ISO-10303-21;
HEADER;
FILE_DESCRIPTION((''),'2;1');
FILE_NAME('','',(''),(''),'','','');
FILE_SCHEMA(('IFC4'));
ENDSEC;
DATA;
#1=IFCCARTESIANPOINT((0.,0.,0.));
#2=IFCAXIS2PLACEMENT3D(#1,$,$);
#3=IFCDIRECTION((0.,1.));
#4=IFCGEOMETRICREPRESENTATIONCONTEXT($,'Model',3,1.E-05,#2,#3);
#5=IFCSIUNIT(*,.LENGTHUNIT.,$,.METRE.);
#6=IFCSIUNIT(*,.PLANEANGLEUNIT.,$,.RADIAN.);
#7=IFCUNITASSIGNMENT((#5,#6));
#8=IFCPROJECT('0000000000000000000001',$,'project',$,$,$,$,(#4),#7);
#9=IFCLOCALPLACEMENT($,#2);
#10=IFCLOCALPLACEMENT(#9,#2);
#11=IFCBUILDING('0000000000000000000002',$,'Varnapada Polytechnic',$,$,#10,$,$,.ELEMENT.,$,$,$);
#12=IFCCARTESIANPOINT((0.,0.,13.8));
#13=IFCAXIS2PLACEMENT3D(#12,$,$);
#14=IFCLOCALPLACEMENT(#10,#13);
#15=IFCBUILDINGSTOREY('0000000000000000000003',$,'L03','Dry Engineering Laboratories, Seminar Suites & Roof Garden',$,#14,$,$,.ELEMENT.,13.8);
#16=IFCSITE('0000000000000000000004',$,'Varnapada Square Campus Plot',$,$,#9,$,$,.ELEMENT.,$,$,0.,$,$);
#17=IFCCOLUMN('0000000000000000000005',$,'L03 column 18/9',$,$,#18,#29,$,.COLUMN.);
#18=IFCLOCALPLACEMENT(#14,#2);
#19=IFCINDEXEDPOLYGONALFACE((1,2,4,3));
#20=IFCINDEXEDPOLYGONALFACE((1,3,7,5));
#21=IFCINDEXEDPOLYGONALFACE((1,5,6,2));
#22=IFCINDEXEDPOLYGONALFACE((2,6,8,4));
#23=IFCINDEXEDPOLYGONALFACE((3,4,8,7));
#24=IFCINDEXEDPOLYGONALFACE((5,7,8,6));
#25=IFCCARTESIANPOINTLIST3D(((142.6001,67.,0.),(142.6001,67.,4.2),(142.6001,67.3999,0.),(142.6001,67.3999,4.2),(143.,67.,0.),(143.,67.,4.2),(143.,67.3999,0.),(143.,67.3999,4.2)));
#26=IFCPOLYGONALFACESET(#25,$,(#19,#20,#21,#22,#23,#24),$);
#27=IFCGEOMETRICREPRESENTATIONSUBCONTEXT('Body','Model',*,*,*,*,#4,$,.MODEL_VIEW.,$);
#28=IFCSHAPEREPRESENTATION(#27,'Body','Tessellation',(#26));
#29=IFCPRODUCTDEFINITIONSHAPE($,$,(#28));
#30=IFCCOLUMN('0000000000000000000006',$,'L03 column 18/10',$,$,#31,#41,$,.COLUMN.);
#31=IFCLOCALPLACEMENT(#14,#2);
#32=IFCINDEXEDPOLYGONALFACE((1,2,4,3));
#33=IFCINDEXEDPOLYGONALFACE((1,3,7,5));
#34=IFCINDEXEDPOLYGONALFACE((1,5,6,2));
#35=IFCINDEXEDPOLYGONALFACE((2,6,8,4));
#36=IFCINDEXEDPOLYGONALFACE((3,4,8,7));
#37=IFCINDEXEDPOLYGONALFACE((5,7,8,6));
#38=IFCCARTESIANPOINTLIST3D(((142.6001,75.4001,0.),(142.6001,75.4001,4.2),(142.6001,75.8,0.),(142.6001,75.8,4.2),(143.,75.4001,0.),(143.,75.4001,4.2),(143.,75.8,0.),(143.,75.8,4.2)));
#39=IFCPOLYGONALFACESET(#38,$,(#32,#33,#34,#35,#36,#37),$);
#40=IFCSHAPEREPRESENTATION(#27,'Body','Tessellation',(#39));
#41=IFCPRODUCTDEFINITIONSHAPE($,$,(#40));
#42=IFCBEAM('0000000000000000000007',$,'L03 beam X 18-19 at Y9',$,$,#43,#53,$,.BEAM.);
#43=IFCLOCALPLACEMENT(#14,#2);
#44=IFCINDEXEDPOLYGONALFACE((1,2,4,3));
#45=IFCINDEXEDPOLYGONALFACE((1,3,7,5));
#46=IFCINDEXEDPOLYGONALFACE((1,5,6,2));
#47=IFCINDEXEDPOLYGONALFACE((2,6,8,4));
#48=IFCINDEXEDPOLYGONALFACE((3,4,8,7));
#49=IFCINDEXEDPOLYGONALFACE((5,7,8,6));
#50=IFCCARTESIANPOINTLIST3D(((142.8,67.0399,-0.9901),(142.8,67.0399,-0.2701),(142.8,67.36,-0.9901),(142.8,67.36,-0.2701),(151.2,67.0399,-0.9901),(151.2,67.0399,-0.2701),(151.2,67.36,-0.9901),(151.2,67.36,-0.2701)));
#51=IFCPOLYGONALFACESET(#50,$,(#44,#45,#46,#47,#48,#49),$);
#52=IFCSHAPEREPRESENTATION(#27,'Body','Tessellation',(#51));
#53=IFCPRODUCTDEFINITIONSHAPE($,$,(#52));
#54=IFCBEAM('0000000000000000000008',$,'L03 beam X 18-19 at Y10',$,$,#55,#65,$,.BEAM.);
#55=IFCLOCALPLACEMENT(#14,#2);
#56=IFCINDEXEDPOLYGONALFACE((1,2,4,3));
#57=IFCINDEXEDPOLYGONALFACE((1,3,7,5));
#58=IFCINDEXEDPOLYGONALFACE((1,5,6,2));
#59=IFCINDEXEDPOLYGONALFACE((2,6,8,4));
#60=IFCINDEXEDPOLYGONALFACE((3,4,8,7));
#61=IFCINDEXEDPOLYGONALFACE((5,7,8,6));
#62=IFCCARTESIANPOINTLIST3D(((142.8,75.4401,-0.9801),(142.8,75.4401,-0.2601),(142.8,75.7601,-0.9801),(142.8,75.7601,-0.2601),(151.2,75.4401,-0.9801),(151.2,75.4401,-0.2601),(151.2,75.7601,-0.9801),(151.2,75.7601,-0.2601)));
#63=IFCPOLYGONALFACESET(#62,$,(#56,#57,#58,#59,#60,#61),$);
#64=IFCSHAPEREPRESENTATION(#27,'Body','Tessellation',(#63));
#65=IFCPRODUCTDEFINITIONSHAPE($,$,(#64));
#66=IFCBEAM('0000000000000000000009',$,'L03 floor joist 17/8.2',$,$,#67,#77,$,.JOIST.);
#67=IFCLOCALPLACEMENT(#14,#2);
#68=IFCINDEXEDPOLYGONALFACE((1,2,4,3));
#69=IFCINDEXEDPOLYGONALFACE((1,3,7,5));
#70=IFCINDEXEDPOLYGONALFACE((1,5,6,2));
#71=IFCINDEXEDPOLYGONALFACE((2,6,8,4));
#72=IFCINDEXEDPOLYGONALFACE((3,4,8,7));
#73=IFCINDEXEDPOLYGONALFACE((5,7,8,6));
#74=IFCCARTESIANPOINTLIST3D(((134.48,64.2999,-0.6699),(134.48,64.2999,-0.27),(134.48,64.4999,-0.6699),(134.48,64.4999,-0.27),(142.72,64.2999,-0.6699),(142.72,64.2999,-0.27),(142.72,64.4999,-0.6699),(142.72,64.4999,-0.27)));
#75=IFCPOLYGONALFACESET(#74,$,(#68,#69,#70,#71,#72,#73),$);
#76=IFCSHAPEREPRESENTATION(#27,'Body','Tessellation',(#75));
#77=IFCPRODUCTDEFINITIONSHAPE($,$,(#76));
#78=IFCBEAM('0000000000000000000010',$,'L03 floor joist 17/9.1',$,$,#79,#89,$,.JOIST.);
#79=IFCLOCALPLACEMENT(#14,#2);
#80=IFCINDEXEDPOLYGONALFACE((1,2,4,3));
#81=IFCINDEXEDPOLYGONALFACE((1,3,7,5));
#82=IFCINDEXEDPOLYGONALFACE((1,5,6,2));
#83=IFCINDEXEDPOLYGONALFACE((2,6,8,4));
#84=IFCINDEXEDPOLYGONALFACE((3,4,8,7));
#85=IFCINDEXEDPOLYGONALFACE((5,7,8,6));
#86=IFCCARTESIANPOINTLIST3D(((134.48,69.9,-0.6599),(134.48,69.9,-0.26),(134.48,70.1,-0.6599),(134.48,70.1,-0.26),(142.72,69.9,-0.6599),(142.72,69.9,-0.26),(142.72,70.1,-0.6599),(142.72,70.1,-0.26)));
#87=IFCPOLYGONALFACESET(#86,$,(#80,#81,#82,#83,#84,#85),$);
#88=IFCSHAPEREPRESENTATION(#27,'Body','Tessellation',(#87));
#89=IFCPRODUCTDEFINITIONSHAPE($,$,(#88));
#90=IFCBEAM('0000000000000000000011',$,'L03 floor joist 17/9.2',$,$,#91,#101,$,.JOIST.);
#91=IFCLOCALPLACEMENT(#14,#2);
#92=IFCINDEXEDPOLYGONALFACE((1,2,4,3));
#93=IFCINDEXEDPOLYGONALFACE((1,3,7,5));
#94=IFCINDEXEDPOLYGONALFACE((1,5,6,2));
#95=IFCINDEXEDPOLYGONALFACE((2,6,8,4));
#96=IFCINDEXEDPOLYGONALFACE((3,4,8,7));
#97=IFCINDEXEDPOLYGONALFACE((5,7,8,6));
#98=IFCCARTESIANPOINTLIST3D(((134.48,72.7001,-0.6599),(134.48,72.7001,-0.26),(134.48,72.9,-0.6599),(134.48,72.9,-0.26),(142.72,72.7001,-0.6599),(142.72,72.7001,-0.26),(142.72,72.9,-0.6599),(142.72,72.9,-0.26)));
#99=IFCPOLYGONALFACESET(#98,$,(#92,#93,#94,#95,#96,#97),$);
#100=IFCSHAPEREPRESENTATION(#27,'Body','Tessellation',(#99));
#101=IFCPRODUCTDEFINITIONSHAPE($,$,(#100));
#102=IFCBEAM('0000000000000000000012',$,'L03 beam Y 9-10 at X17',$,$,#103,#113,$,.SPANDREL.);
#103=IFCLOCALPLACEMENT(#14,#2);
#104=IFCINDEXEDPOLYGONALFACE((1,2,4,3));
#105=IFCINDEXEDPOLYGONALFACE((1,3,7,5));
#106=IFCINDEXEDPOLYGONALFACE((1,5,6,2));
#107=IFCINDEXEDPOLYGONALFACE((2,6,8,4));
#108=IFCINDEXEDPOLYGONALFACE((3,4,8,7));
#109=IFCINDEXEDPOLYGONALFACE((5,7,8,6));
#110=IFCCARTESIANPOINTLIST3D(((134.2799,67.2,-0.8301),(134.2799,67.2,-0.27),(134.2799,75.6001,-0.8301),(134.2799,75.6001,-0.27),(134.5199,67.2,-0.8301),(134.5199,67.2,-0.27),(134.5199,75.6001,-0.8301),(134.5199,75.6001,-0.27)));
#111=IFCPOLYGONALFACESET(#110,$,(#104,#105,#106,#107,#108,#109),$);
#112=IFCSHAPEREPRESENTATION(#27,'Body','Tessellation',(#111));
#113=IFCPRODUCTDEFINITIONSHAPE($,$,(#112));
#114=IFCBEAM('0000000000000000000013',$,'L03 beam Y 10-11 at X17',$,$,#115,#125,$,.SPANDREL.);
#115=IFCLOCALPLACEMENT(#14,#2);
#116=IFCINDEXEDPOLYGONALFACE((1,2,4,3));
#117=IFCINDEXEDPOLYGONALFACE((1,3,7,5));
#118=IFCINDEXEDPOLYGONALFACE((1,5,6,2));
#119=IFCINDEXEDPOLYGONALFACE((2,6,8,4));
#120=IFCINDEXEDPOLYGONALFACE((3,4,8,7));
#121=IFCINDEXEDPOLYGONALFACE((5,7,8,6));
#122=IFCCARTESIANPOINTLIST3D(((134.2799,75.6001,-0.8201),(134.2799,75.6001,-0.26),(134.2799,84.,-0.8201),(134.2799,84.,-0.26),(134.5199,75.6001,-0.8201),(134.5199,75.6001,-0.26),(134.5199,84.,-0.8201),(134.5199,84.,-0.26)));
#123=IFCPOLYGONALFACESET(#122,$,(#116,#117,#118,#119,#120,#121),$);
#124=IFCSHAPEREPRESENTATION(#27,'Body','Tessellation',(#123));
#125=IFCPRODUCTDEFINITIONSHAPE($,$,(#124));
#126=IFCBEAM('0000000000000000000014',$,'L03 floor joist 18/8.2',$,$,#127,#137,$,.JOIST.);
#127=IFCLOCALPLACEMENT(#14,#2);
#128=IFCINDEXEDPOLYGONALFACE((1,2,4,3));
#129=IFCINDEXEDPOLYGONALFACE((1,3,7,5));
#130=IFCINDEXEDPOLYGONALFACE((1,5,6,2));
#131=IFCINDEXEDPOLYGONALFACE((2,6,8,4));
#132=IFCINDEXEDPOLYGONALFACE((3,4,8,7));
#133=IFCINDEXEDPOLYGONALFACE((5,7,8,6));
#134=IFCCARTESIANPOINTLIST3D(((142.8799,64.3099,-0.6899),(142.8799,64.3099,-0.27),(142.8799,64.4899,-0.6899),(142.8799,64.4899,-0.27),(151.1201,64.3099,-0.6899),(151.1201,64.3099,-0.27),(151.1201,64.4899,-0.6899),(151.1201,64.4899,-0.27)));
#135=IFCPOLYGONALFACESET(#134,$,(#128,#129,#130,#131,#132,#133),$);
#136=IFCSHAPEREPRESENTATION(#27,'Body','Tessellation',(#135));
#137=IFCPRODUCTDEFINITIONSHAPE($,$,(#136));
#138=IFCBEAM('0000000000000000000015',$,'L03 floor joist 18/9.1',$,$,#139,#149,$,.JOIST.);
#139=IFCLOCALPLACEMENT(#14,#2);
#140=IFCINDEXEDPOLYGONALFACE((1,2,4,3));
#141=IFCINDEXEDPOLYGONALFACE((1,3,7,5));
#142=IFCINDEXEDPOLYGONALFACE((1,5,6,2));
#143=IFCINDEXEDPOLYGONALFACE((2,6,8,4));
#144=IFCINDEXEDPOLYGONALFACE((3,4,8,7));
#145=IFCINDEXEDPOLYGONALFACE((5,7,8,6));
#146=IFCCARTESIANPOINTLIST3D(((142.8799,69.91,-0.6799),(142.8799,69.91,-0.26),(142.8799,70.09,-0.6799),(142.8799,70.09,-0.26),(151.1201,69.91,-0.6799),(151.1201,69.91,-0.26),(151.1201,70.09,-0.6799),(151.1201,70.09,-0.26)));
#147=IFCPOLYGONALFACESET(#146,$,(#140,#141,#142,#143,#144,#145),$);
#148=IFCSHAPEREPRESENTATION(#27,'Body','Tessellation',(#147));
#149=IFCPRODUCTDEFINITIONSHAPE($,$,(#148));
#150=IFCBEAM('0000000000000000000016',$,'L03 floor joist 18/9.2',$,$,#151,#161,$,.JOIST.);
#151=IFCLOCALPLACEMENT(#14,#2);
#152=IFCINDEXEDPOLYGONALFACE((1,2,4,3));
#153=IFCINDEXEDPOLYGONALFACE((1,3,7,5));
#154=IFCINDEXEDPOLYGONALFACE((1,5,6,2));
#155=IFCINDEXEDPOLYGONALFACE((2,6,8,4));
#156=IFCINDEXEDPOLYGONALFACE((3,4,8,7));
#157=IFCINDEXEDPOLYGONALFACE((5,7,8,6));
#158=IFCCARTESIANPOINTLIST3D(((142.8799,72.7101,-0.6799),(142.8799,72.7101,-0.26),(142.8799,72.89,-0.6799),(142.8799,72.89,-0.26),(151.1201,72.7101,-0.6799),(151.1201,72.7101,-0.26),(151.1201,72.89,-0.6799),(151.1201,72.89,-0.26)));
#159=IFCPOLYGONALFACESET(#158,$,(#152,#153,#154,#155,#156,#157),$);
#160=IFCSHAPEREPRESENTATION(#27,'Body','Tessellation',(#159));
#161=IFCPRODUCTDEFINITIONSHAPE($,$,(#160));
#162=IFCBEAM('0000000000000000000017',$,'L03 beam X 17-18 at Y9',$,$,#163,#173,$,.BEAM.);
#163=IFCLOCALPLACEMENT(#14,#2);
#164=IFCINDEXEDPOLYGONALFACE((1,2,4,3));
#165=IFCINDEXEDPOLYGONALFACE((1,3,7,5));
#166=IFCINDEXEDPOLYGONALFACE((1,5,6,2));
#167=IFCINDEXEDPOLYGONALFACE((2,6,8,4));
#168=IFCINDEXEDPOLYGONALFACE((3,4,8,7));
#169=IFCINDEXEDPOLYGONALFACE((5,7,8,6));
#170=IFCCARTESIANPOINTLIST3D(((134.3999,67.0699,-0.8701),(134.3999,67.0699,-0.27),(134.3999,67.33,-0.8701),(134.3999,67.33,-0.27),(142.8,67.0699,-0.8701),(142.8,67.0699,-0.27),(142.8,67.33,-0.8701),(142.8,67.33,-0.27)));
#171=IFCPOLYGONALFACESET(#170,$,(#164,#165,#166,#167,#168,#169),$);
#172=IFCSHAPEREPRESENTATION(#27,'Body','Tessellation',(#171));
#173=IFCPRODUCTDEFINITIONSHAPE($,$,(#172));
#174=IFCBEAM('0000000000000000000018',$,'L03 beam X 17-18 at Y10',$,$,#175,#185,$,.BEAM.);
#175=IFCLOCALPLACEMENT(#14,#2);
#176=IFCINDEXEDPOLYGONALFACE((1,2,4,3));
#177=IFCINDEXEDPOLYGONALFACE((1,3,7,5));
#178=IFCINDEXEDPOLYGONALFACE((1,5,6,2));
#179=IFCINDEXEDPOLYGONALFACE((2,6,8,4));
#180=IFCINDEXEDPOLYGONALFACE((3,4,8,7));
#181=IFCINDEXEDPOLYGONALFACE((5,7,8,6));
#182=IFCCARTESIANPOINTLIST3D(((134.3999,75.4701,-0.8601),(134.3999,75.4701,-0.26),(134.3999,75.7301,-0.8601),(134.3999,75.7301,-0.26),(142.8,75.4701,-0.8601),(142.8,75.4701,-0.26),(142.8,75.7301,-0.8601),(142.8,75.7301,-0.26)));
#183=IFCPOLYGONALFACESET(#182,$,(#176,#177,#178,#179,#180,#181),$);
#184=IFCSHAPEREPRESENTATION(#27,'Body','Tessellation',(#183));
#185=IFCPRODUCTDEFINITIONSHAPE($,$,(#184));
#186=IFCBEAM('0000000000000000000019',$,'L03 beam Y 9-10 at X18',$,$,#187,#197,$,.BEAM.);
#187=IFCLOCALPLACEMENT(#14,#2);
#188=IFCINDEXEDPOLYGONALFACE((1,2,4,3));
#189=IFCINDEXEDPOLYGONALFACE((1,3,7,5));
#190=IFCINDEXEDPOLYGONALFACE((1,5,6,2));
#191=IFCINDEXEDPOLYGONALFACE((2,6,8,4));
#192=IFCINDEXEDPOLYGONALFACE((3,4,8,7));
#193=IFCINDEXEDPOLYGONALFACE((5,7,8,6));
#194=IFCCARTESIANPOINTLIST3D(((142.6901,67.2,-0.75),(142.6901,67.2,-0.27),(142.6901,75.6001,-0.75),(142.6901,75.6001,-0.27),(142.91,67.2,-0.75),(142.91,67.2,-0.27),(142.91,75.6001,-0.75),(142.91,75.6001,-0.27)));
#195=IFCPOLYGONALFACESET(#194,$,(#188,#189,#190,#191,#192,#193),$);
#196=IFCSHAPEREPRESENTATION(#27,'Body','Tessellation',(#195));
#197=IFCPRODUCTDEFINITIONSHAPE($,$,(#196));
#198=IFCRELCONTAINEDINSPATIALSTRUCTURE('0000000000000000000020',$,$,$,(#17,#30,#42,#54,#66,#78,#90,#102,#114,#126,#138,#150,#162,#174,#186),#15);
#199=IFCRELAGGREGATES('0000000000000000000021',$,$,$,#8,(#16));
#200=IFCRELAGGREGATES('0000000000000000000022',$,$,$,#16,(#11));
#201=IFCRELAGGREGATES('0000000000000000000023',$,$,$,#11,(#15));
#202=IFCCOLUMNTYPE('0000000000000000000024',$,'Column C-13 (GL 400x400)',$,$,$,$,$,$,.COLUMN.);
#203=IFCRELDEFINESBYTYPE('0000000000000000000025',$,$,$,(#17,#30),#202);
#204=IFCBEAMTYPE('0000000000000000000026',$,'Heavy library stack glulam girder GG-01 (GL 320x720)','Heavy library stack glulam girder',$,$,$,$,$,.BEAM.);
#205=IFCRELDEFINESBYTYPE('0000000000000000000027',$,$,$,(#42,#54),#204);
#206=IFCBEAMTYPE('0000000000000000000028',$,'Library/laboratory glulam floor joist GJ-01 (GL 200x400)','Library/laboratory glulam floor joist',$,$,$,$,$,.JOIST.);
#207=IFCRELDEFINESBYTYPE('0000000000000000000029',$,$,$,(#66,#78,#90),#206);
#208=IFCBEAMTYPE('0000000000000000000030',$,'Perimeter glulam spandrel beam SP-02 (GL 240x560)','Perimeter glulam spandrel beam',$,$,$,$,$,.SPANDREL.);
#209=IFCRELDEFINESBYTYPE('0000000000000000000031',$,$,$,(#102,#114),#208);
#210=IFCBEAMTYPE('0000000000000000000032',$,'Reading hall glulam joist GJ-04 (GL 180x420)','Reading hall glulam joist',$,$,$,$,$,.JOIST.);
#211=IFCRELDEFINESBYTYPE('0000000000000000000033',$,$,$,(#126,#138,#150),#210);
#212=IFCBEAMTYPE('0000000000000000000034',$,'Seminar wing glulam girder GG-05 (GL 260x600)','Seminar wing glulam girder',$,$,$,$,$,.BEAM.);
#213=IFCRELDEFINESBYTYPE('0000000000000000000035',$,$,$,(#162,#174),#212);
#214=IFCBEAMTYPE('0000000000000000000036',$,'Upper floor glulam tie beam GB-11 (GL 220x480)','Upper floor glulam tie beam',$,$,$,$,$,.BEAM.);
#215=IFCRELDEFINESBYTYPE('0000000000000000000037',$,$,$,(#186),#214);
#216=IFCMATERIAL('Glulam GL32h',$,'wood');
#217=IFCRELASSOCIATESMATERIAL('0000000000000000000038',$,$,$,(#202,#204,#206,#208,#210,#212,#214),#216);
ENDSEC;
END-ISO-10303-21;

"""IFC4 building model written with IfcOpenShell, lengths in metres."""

from ifc_helpers import new_model, si_unit, direction, frame, origin, origin_2d, place, context, subcontext, project, spatial, rectangle, extrude, material, material_profile, profile_set, type_object, element, save


model = new_model("IFC4")

# Units and contexts
model_context = context("Model", 3, precision=1e-05, world=origin(), true_north=direction((0.0, 1.0)))
body_context = subcontext(model_context, "Body", "Model", "MODEL_VIEW")
ifc_project = project(units=[si_unit("LENGTHUNIT", "METRE"), si_unit("PLANEANGLEUNIT", "RADIAN")], contexts=[model_context])

# Site, building, storey
site_placement = place(None, origin())
site = spatial("IfcSite", under=ifc_project, at=site_placement, Name="Varnapada Square Campus Plot", CompositionType="ELEMENT", RefElevation=0.0)
building_placement = place(site_placement, origin())
building = spatial("IfcBuilding", under=site, at=building_placement, Name="Varnapada Polytechnic", CompositionType="ELEMENT")
storey_placement = place(building_placement, frame((0.0, 0.0, 13.8)))
storey = spatial("IfcBuildingStorey", under=building, at=storey_placement, Name="L03", Description="Dry Engineering Laboratories, Seminar Suites & Roof Garden", CompositionType="ELEMENT", Elevation=13.8)

# Columns
ifc_material_1 = material(Name="Glulam GL32h", Category="wood")
ifc_material_profile_1 = material_profile(ifc_material_1, rectangle(XDim=0.3999, YDim=0.3999, at=origin_2d()), Name="GL 400x400")
ifc_profile_set_1 = profile_set([ifc_material_profile_1], Name="Glulam GL32h")
column_type = type_object("IfcColumnType", Name="Column C-13 (GL 400x400)", PredefinedType="COLUMN", material=ifc_profile_set_1)
for number, where, z_axis, x_axis, name in (
    (1, (142.8, 67.2, 0.0), (0.0, 0.0, 1.0), (1.0, 0.0, 0.0), "L03 column 18/9"),
    (2, (142.8, 75.6001, 0.0), (0.0, 0.0, 1.0), (1.0, 0.0, 0.0), "L03 column 18/10"),
):
    element("IfcColumn", number, at=place(storey_placement, frame(where, z_axis=z_axis, x_axis=x_axis)), inside=storey, type_object=column_type, Name=name, PredefinedType="COLUMN", context=body_context, shape_type="SweptSolid", body=[
        extrude(rectangle(XDim=0.3999, YDim=0.3999, at=origin_2d()), origin(), (0.0, 0.0, 1.0), 4.2),
    ])

# Beams
ifc_material_profile_2 = material_profile(ifc_material_1, rectangle(XDim=0.3201, YDim=0.72, at=origin_2d()), Name="GL 320x720")
ifc_profile_set_2 = profile_set([ifc_material_profile_2], Name="Glulam GL32h")
beam_type_1 = type_object("IfcBeamType", Name="Heavy library stack glulam girder GG-01 (GL 320x720)", Description="Heavy library stack glulam girder", PredefinedType="BEAM", material=ifc_profile_set_2)
for number, where, z_axis, x_axis, name in (
    (3, (142.8, 67.2, -0.6301), (1.0, 0.0, 0.0), (0.0, 1.0, 0.0), "L03 beam X 18-19 at Y9"),
    (4, (142.8, 75.6001, -0.6201), (1.0, 0.0, 0.0), (0.0, 1.0, 0.0), "L03 beam X 18-19 at Y10"),
):
    element("IfcBeam", number, at=place(storey_placement, frame(where, z_axis=z_axis, x_axis=x_axis)), inside=storey, type_object=beam_type_1, Name=name, PredefinedType="BEAM", context=body_context, shape_type="SweptSolid", body=[
        extrude(rectangle(XDim=0.3201, YDim=0.72, at=origin_2d()), origin(), (0.0, 0.0, 1.0), 8.3999),
    ])
ifc_material_profile_3 = material_profile(ifc_material_1, rectangle(XDim=0.2, YDim=0.3999, at=origin_2d()), Name="GL 200x400")
ifc_profile_set_3 = profile_set([ifc_material_profile_3], Name="Glulam GL32h")
beam_type_2 = type_object("IfcBeamType", Name="Library/laboratory glulam floor joist GJ-01 (GL 200x400)", Description="Library/laboratory glulam floor joist", PredefinedType="JOIST", material=ifc_profile_set_3)
for number, where, z_axis, x_axis, name in (
    (5, (134.48, 64.3999, -0.47), (1.0, 0.0, 0.0), (0.0, 1.0, 0.0), "L03 floor joist 17/8.2"),
    (6, (134.48, 70.0, -0.46), (1.0, 0.0, 0.0), (0.0, 1.0, 0.0), "L03 floor joist 17/9.1"),
    (7, (134.48, 72.8, -0.46), (1.0, 0.0, 0.0), (0.0, 1.0, 0.0), "L03 floor joist 17/9.2"),
):
    element("IfcBeam", number, at=place(storey_placement, frame(where, z_axis=z_axis, x_axis=x_axis)), inside=storey, type_object=beam_type_2, Name=name, PredefinedType="JOIST", context=body_context, shape_type="SweptSolid", body=[
        extrude(rectangle(XDim=0.2, YDim=0.3999, at=origin_2d()), origin(), (0.0, 0.0, 1.0), 8.24),
    ])
ifc_material_profile_4 = material_profile(ifc_material_1, rectangle(XDim=0.24, YDim=0.5601, at=origin_2d()), Name="GL 240x560")
ifc_profile_set_4 = profile_set([ifc_material_profile_4], Name="Glulam GL32h")
beam_type_3 = type_object("IfcBeamType", Name="Perimeter glulam spandrel beam SP-02 (GL 240x560)", Description="Perimeter glulam spandrel beam", PredefinedType="SPANDREL", material=ifc_profile_set_4)
beam_1_placement = place(storey_placement, frame((134.3999, 67.2, -0.55), z_axis=(0.0, 1.0, 0.0), x_axis=(-1.0, 0.0, 0.0)))
element("IfcBeam", 8, at=beam_1_placement, inside=storey, type_object=beam_type_3, Name="L03 beam Y 9-10 at X17", PredefinedType="SPANDREL", context=body_context, shape_type="SweptSolid", body=[
    extrude(rectangle(XDim=0.24, YDim=0.5601, at=origin_2d()), origin(), (0.0, 0.0, 1.0), 8.4001),
])
beam_2_placement = place(storey_placement, frame((134.3999, 75.6001, -0.54), z_axis=(0.0, 1.0, 0.0), x_axis=(-1.0, 0.0, 0.0)))
element("IfcBeam", 9, at=beam_2_placement, inside=storey, type_object=beam_type_3, Name="L03 beam Y 10-11 at X17", PredefinedType="SPANDREL", context=body_context, shape_type="SweptSolid", body=[
    extrude(rectangle(XDim=0.24, YDim=0.5601, at=origin_2d()), origin(), (0.0, 0.0, 1.0), 8.3999),
])
ifc_material_profile_5 = material_profile(ifc_material_1, rectangle(XDim=0.1799, YDim=0.4199, at=origin_2d()), Name="GL 180x420")
ifc_profile_set_5 = profile_set([ifc_material_profile_5], Name="Glulam GL32h")
beam_type_4 = type_object("IfcBeamType", Name="Reading hall glulam joist GJ-04 (GL 180x420)", Description="Reading hall glulam joist", PredefinedType="JOIST", material=ifc_profile_set_5)
for number, where, z_axis, x_axis, name in (
    (10, (142.8799, 64.3999, -0.48), (1.0, 0.0, 0.0), (0.0, 1.0, 0.0), "L03 floor joist 18/8.2"),
    (11, (142.8799, 70.0, -0.47), (1.0, 0.0, 0.0), (0.0, 1.0, 0.0), "L03 floor joist 18/9.1"),
    (12, (142.8799, 72.8, -0.47), (1.0, 0.0, 0.0), (0.0, 1.0, 0.0), "L03 floor joist 18/9.2"),
):
    element("IfcBeam", number, at=place(storey_placement, frame(where, z_axis=z_axis, x_axis=x_axis)), inside=storey, type_object=beam_type_4, Name=name, PredefinedType="JOIST", context=body_context, shape_type="SweptSolid", body=[
        extrude(rectangle(XDim=0.1799, YDim=0.4199, at=origin_2d()), origin(), (0.0, 0.0, 1.0), 8.2402),
    ])
ifc_material_profile_6 = material_profile(ifc_material_1, rectangle(XDim=0.26, YDim=0.6001, at=origin_2d()), Name="GL 260x600")
ifc_profile_set_6 = profile_set([ifc_material_profile_6], Name="Glulam GL32h")
beam_type_5 = type_object("IfcBeamType", Name="Seminar wing glulam girder GG-05 (GL 260x600)", Description="Seminar wing glulam girder", PredefinedType="BEAM", material=ifc_profile_set_6)
for number, where, z_axis, x_axis, name in (
    (13, (134.3999, 67.2, -0.5701), (1.0, 0.0, 0.0), (0.0, 1.0, 0.0), "L03 beam X 17-18 at Y9"),
    (14, (134.3999, 75.6001, -0.5601), (1.0, 0.0, 0.0), (0.0, 1.0, 0.0), "L03 beam X 17-18 at Y10"),
):
    element("IfcBeam", number, at=place(storey_placement, frame(where, z_axis=z_axis, x_axis=x_axis)), inside=storey, type_object=beam_type_5, Name=name, PredefinedType="BEAM", context=body_context, shape_type="SweptSolid", body=[
        extrude(rectangle(XDim=0.26, YDim=0.6001, at=origin_2d()), origin(), (0.0, 0.0, 1.0), 8.4001),
    ])
ifc_material_profile_7 = material_profile(ifc_material_1, rectangle(XDim=0.22, YDim=0.48, at=origin_2d()), Name="GL 220x480")
ifc_profile_set_7 = profile_set([ifc_material_profile_7], Name="Glulam GL32h")
beam_type_6 = type_object("IfcBeamType", Name="Upper floor glulam tie beam GB-11 (GL 220x480)", Description="Upper floor glulam tie beam", PredefinedType="BEAM", material=ifc_profile_set_7)
beam_3_placement = place(storey_placement, frame((142.8, 67.2, -0.51), z_axis=(0.0, 1.0, 0.0), x_axis=(-1.0, 0.0, 0.0)))
element("IfcBeam", 15, at=beam_3_placement, inside=storey, type_object=beam_type_6, Name="L03 beam Y 9-10 at X18", PredefinedType="BEAM", context=body_context, shape_type="SweptSolid", body=[
    extrude(rectangle(XDim=0.22, YDim=0.48, at=origin_2d()), origin(), (0.0, 0.0, 1.0), 8.4001),
])

save(model, "model.ifc")
